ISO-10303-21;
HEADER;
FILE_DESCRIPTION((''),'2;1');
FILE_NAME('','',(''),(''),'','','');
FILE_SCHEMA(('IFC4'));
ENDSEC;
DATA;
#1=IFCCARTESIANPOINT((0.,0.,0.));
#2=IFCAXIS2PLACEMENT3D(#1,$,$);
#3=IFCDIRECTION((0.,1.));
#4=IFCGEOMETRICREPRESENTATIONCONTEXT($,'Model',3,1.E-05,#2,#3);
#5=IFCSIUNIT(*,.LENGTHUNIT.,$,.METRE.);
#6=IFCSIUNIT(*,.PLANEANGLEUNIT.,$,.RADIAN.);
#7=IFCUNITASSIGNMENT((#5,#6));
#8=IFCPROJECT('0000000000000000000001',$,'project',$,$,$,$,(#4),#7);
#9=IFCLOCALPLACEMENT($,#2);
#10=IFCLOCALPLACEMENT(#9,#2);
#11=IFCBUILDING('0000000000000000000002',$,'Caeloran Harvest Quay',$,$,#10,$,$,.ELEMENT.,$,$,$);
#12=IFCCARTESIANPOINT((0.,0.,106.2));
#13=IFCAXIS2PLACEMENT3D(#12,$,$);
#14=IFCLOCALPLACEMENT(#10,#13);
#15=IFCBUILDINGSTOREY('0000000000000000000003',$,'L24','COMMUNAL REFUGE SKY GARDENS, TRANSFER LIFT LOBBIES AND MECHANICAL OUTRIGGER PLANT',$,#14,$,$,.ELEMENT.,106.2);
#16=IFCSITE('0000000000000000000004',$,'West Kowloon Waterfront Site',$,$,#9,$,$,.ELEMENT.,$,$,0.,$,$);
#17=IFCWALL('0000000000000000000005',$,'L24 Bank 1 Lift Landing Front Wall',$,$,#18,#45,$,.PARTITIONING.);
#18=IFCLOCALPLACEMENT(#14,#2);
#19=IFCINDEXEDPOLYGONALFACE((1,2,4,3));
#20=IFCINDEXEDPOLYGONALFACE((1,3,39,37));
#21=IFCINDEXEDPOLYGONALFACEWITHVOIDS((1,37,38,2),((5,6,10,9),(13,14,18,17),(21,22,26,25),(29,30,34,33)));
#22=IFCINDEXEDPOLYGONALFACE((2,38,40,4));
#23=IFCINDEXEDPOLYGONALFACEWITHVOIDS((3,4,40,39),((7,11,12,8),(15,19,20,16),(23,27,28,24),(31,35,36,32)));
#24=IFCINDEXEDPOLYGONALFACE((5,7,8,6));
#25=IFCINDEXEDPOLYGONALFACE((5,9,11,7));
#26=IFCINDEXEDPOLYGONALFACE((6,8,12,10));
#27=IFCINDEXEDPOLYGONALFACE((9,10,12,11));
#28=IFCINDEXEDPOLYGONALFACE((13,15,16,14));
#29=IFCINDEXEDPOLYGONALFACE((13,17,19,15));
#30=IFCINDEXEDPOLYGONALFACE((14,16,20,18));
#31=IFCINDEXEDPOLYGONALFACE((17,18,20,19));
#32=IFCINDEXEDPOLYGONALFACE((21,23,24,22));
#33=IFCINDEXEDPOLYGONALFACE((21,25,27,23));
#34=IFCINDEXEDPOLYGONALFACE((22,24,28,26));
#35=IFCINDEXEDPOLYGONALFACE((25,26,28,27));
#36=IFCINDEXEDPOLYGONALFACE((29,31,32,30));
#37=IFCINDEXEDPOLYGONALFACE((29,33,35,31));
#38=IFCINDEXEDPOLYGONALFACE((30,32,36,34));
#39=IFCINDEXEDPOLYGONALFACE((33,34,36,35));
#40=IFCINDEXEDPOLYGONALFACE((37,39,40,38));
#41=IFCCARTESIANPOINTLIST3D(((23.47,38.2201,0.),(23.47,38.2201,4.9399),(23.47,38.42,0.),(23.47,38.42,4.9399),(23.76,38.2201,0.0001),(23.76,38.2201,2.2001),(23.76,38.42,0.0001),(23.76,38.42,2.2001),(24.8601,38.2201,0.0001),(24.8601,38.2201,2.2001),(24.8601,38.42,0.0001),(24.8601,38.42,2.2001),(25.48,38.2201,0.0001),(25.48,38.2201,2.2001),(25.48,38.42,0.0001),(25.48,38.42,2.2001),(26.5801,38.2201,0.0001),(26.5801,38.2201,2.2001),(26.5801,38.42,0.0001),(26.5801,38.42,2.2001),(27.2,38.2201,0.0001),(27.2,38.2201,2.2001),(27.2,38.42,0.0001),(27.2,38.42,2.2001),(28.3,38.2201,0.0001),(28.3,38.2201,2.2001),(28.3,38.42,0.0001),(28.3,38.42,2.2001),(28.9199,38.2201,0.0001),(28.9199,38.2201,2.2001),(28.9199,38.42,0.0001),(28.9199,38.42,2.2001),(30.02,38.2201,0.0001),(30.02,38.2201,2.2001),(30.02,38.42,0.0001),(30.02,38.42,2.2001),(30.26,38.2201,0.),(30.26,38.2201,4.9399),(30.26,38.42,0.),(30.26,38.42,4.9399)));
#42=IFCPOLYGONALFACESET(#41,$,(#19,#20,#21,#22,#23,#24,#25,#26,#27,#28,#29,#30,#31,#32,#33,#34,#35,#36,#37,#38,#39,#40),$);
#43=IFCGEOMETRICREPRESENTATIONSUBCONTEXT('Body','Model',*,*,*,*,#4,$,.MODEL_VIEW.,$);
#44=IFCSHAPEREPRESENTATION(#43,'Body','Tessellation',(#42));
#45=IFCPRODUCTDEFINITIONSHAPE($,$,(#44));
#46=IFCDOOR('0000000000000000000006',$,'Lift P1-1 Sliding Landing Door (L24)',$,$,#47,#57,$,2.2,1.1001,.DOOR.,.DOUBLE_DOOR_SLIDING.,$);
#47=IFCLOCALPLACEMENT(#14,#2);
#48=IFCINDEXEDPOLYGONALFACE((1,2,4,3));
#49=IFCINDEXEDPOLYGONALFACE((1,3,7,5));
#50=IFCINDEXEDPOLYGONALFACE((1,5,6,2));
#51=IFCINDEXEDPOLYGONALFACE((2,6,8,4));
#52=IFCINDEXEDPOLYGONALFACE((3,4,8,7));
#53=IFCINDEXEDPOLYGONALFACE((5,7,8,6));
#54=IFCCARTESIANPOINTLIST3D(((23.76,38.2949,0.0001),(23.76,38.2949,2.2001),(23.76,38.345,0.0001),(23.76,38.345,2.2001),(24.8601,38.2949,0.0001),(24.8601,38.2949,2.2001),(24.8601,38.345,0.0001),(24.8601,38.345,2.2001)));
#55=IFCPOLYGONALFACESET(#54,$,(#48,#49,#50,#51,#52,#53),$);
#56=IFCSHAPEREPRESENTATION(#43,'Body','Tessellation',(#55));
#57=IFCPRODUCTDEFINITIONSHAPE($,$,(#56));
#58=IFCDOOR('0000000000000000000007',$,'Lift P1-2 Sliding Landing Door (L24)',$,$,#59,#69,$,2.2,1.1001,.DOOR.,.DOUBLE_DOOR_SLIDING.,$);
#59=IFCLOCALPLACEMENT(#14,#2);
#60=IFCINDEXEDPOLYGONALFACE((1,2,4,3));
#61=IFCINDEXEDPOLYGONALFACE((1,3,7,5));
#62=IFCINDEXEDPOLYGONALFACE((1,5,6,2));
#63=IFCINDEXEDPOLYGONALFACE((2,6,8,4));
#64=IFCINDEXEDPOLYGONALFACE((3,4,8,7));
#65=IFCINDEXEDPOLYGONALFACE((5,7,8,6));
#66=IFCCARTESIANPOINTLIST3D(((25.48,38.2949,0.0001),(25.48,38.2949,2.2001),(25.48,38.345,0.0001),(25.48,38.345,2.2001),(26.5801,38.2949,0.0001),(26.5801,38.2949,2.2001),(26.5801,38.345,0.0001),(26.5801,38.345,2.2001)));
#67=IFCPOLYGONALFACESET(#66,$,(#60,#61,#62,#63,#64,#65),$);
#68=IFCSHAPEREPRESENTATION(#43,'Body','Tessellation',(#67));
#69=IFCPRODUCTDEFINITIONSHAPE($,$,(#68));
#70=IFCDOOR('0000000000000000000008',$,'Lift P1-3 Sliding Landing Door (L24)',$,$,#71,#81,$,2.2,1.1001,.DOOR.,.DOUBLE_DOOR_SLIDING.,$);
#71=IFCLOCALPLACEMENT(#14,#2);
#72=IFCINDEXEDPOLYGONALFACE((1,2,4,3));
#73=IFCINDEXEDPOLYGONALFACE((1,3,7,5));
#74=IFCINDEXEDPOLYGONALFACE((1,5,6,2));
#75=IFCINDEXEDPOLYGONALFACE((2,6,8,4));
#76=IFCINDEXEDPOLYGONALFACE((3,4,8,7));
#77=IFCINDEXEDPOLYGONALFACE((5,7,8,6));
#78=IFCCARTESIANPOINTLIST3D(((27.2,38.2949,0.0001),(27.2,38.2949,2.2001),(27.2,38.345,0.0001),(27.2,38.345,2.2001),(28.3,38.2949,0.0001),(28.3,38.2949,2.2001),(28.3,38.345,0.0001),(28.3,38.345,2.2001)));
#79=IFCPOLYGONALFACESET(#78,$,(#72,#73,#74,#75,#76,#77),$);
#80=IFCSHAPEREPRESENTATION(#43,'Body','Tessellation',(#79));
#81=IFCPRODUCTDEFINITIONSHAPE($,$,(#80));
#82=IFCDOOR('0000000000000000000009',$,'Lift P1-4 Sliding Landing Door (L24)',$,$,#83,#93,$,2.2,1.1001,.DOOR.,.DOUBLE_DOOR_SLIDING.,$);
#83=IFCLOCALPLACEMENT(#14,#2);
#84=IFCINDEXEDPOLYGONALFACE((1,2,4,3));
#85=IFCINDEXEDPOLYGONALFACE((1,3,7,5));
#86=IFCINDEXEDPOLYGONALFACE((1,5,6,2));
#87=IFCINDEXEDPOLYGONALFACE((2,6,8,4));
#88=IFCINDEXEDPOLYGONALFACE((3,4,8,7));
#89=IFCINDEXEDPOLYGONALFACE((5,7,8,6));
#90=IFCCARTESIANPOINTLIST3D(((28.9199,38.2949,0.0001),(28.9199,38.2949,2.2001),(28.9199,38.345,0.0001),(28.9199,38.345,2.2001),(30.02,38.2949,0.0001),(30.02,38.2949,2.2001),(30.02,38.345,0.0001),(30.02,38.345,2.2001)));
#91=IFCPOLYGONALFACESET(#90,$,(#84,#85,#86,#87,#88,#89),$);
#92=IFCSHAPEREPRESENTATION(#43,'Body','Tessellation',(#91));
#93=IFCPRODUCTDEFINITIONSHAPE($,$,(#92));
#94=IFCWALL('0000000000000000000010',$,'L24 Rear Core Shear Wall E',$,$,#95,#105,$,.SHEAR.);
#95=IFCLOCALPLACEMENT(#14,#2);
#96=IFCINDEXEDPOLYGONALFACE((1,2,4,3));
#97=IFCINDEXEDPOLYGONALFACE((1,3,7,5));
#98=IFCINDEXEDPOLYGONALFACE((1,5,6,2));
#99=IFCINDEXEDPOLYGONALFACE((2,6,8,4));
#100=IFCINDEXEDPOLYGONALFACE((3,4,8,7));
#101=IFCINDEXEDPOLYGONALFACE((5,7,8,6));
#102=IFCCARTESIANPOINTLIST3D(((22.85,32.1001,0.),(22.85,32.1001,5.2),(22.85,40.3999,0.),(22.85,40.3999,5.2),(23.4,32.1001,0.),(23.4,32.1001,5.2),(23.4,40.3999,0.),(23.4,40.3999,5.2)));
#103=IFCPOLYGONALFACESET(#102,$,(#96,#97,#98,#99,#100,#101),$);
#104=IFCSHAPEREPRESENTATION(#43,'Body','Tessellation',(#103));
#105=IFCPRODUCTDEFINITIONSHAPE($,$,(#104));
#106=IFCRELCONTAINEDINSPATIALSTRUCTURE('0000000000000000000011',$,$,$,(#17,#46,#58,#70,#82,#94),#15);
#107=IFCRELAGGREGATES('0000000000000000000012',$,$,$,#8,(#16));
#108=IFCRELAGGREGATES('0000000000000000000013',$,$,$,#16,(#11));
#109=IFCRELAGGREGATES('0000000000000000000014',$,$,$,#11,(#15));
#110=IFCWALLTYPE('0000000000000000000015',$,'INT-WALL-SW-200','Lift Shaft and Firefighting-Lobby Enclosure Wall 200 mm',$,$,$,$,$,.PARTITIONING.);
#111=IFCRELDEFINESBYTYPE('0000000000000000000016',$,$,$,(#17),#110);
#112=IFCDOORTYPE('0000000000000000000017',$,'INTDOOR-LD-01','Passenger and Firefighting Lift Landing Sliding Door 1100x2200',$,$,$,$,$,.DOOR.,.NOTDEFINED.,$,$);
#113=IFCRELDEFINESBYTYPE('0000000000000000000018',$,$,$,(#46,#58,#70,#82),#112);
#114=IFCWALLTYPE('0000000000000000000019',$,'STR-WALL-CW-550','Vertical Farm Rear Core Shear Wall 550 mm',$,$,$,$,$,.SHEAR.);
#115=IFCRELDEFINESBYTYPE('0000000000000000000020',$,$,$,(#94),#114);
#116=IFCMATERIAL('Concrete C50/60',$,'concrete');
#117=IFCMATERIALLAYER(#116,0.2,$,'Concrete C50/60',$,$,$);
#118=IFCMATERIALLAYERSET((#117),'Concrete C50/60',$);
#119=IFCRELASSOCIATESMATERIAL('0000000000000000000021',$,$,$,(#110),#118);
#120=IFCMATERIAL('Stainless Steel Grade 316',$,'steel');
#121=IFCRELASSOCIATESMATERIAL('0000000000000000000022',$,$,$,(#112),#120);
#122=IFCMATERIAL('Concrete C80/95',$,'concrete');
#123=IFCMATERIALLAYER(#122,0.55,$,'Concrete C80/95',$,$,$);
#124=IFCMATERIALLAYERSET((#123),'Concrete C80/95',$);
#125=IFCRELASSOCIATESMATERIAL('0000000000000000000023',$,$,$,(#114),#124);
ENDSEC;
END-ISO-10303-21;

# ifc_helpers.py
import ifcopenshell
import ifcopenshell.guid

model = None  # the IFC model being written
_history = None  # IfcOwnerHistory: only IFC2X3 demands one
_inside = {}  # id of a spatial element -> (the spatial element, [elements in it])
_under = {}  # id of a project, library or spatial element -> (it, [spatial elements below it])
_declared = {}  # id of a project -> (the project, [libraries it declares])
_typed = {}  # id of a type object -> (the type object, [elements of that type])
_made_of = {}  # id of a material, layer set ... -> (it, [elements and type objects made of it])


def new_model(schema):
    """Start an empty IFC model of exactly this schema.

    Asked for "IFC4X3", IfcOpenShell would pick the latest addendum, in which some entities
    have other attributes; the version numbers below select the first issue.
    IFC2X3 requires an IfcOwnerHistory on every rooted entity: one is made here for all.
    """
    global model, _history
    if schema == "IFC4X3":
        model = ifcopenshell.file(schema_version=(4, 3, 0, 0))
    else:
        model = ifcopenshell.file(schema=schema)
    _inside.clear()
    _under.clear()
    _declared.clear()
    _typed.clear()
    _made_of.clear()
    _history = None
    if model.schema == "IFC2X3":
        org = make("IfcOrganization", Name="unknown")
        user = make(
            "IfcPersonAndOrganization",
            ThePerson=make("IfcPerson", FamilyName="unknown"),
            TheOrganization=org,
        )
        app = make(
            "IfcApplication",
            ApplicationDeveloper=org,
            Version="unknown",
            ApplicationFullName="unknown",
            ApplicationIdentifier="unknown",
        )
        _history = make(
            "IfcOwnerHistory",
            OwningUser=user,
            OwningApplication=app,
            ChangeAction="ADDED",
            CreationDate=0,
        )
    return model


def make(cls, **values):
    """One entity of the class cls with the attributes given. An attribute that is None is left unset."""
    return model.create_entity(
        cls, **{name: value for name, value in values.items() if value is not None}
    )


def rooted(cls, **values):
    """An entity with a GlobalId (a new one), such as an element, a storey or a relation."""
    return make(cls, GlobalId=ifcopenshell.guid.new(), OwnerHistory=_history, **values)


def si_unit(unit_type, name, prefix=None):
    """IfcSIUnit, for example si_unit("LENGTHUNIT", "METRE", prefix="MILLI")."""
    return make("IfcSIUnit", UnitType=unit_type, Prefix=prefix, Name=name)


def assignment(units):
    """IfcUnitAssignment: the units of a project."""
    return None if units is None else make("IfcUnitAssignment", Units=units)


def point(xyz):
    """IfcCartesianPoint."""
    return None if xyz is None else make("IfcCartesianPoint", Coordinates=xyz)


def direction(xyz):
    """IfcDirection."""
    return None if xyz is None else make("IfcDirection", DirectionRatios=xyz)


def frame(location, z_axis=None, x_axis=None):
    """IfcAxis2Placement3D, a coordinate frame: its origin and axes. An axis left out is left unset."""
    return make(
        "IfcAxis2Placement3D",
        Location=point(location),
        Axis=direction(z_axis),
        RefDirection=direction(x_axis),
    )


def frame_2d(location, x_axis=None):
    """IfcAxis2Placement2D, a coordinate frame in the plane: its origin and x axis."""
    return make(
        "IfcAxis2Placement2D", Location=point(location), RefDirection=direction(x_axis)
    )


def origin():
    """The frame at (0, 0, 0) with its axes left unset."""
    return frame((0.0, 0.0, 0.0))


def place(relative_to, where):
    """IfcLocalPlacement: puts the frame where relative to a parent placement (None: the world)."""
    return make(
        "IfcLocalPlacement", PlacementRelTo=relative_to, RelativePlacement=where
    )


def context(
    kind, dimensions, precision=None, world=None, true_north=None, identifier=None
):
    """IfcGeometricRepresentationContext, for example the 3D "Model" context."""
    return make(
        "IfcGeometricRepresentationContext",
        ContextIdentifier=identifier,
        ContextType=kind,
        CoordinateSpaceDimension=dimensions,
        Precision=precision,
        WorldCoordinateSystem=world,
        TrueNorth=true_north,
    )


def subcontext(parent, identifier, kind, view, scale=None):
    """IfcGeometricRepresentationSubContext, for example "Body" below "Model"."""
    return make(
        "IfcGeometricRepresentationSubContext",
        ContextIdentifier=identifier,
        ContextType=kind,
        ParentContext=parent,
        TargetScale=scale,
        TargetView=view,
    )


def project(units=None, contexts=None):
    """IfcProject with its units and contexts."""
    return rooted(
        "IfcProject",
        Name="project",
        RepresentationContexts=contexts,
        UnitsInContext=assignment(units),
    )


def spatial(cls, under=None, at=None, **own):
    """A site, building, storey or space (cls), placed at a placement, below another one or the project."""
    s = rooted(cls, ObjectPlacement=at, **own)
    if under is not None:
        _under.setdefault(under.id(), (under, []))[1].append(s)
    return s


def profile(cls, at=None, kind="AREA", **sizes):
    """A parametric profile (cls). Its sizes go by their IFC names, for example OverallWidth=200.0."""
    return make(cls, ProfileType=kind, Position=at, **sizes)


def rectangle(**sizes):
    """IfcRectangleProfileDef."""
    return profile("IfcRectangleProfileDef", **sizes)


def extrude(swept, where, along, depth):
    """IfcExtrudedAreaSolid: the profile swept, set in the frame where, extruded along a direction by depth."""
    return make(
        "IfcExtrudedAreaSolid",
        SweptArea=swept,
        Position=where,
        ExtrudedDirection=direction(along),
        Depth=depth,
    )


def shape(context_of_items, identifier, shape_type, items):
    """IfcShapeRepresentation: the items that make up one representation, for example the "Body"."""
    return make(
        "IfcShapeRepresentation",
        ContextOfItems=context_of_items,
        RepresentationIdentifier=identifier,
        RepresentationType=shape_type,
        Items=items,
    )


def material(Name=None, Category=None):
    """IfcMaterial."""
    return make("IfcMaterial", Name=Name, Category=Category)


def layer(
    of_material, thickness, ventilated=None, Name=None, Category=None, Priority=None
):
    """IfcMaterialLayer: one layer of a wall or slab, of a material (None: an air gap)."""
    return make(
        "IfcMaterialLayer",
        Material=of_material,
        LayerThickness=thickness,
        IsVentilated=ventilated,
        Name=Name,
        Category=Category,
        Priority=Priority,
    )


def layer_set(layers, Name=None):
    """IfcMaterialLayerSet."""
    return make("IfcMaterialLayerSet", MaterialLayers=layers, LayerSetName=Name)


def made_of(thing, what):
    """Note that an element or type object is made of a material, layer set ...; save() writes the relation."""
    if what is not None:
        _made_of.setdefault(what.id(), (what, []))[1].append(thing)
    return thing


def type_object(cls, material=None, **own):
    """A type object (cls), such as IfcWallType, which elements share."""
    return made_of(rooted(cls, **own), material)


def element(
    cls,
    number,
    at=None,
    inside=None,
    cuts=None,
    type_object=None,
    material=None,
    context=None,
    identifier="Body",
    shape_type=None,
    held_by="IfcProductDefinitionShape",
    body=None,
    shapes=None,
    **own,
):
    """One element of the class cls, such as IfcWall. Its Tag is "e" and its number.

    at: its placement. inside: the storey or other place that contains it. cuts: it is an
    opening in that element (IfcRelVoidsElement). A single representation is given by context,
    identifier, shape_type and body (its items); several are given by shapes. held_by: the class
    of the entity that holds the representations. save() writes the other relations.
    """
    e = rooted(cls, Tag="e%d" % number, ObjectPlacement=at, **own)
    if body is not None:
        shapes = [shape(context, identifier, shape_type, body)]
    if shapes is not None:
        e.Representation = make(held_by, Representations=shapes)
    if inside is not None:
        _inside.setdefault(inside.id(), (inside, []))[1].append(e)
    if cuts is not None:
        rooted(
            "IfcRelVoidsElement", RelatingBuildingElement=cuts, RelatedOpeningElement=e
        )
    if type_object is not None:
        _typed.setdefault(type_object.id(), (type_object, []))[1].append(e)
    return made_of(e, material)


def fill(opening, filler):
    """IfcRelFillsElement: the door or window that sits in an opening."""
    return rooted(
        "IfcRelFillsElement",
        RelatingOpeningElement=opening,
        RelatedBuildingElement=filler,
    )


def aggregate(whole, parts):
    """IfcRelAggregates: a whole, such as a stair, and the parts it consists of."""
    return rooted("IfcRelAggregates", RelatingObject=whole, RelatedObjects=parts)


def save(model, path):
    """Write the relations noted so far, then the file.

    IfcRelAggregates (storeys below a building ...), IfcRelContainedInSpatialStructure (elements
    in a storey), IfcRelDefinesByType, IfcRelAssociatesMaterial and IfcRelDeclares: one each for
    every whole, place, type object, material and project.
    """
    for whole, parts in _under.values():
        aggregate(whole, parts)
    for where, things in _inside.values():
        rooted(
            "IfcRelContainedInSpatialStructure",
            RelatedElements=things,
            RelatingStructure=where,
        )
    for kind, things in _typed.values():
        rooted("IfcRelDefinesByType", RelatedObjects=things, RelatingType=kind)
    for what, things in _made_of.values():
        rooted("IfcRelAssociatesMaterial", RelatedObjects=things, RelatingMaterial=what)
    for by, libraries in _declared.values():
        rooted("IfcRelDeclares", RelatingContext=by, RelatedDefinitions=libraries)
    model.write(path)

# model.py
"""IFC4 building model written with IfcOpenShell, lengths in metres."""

from ifc_helpers import new_model, si_unit, direction, frame, frame_2d, origin, place, context, subcontext, project, spatial, rectangle, extrude, material, layer, layer_set, type_object, element, fill, save


model = new_model("IFC4")

# Units and contexts
model_context = context("Model", 3, precision=1e-05, world=origin(), true_north=direction((0.0, 1.0)))
body_context = subcontext(model_context, "Body", "Model", "MODEL_VIEW")
ifc_project = project(units=[si_unit("LENGTHUNIT", "METRE"), si_unit("PLANEANGLEUNIT", "RADIAN")], contexts=[model_context])

# Site, building, storey
site_placement = place(None, origin())
site = spatial("IfcSite", under=ifc_project, at=site_placement, Name="West Kowloon Waterfront Site", CompositionType="ELEMENT", RefElevation=0.0)
building_placement = place(site_placement, origin())
building = spatial("IfcBuilding", under=site, at=building_placement, Name="Caeloran Harvest Quay", CompositionType="ELEMENT")
storey_placement = place(building_placement, frame((0.0, 0.0, 106.2)))
storey = spatial("IfcBuildingStorey", under=building, at=storey_placement, Name="L24", Description="COMMUNAL REFUGE SKY GARDENS, TRANSFER LIFT LOBBIES AND MECHANICAL OUTRIGGER PLANT", CompositionType="ELEMENT", Elevation=106.2)

# Shared definitions
ifc_material_1 = material(Name="Concrete C80/95", Category="concrete")

# Shared definitions
ifc_material_2 = material(Name="Concrete C50/60", Category="concrete")
ifc_layer_1 = layer(ifc_material_2, 0.2, Name="Concrete C50/60")
ifc_layer_set_1 = layer_set([ifc_layer_1], Name="Concrete C50/60")
wall_type_1 = type_object("IfcWallType", Name="INT-WALL-SW-200", Description="Lift Shaft and Firefighting-Lobby Enclosure Wall 200 mm", PredefinedType="PARTITIONING", material=ifc_layer_set_1)

# Wall, openings, doors
wall_1_placement = place(storey_placement, frame((23.47, 38.3201, 0.0), z_axis=(0.0, 0.0, 1.0), x_axis=(1.0, 0.0, 0.0)))
wall_1 = element("IfcWall", 1, at=wall_1_placement, inside=storey, type_object=wall_type_1, Name="L24 Bank 1 Lift Landing Front Wall", PredefinedType="PARTITIONING", context=body_context, shape_type="SweptSolid", body=[
    extrude(rectangle(XDim=6.79, YDim=0.2, at=frame_2d((3.395, 0.0))), origin(), (0.0, 0.0, 1.0), 4.9399),
])
opening_1_placement = place(wall_1_placement, frame((0.29, 0.0, 0.0)))
opening_1 = element("IfcOpeningElement", 2, at=opening_1_placement, cuts=wall_1, PredefinedType="OPENING", context=body_context, shape_type="SweptSolid", body=[
    extrude(rectangle(XDim=1.1001, YDim=2.2, at=frame_2d((0.55, 1.1001))), frame((0.0, 0.1099, 0.0), z_axis=(0.0, -1.0, 0.0), x_axis=(1.0, 0.0, 0.0)), (0.0, 0.0, 1.0), 0.22),
])
opening_2_placement = place(wall_1_placement, frame((2.01, 0.0, 0.0)))
opening_2 = element("IfcOpeningElement", 3, at=opening_2_placement, cuts=wall_1, PredefinedType="OPENING", context=body_context, shape_type="SweptSolid", body=[
    extrude(rectangle(XDim=1.1001, YDim=2.2, at=frame_2d((0.55, 1.1001))), frame((0.0, 0.1099, 0.0), z_axis=(0.0, -1.0, 0.0), x_axis=(1.0, 0.0, 0.0)), (0.0, 0.0, 1.0), 0.22),
])
opening_3_placement = place(wall_1_placement, frame((3.73, 0.0, 0.0)))
opening_3 = element("IfcOpeningElement", 4, at=opening_3_placement, cuts=wall_1, PredefinedType="OPENING", context=body_context, shape_type="SweptSolid", body=[
    extrude(rectangle(XDim=1.1001, YDim=2.2, at=frame_2d((0.55, 1.1001))), frame((0.0, 0.1099, 0.0), z_axis=(0.0, -1.0, 0.0), x_axis=(1.0, 0.0, 0.0)), (0.0, 0.0, 1.0), 0.22),
])
opening_4_placement = place(wall_1_placement, frame((5.45, 0.0, 0.0)))
opening_4 = element("IfcOpeningElement", 5, at=opening_4_placement, cuts=wall_1, PredefinedType="OPENING", context=body_context, shape_type="SweptSolid", body=[
    extrude(rectangle(XDim=1.1001, YDim=2.2, at=frame_2d((0.55, 1.1001))), frame((0.0, 0.1099, 0.0), z_axis=(0.0, -1.0, 0.0), x_axis=(1.0, 0.0, 0.0)), (0.0, 0.0, 1.0), 0.22),
])
ifc_material_3 = material(Name="Stainless Steel Grade 316", Category="steel")
door_type = type_object("IfcDoorType", Name="INTDOOR-LD-01", Description="Passenger and Firefighting Lift Landing Sliding Door 1100x2200", OperationType="NOTDEFINED", PredefinedType="DOOR", material=ifc_material_3)
door_1_placement = place(opening_1_placement, origin())
door_1 = element("IfcDoor", 6, at=door_1_placement, inside=storey, type_object=door_type, Name="Lift P1-1 Sliding Landing Door (L24)", OperationType="DOUBLE_DOOR_SLIDING", OverallHeight=2.2, OverallWidth=1.1001, PredefinedType="DOOR", context=body_context, shape_type="SweptSolid", body=[
    extrude(rectangle(XDim=1.1001, YDim=2.2, at=frame_2d((0.55, 1.1001))), frame((0.0, 0.0249, 0.0), z_axis=(0.0, -1.0, 0.0), x_axis=(1.0, 0.0, 0.0)), (0.0, 0.0, 1.0), 0.05),
])
fill(opening_1, door_1)
door_2_placement = place(opening_2_placement, origin())
door_2 = element("IfcDoor", 7, at=door_2_placement, inside=storey, type_object=door_type, Name="Lift P1-2 Sliding Landing Door (L24)", OperationType="DOUBLE_DOOR_SLIDING", OverallHeight=2.2, OverallWidth=1.1001, PredefinedType="DOOR", context=body_context, shape_type="SweptSolid", body=[
    extrude(rectangle(XDim=1.1001, YDim=2.2, at=frame_2d((0.55, 1.1001))), frame((0.0, 0.0249, 0.0), z_axis=(0.0, -1.0, 0.0), x_axis=(1.0, 0.0, 0.0)), (0.0, 0.0, 1.0), 0.05),
])
fill(opening_2, door_2)
door_3_placement = place(opening_3_placement, origin())
door_3 = element("IfcDoor", 8, at=door_3_placement, inside=storey, type_object=door_type, Name="Lift P1-3 Sliding Landing Door (L24)", OperationType="DOUBLE_DOOR_SLIDING", OverallHeight=2.2, OverallWidth=1.1001, PredefinedType="DOOR", context=body_context, shape_type="SweptSolid", body=[
    extrude(rectangle(XDim=1.1001, YDim=2.2, at=frame_2d((0.55, 1.1001))), frame((0.0, 0.0249, 0.0), z_axis=(0.0, -1.0, 0.0), x_axis=(1.0, 0.0, 0.0)), (0.0, 0.0, 1.0), 0.05),
])
fill(opening_3, door_3)
door_4_placement = place(opening_4_placement, origin())
door_4 = element("IfcDoor", 9, at=door_4_placement, inside=storey, type_object=door_type, Name="Lift P1-4 Sliding Landing Door (L24)", OperationType="DOUBLE_DOOR_SLIDING", OverallHeight=2.2, OverallWidth=1.1001, PredefinedType="DOOR", context=body_context, shape_type="SweptSolid", body=[
    extrude(rectangle(XDim=1.1001, YDim=2.2, at=frame_2d((0.55, 1.1001))), frame((0.0, 0.0249, 0.0), z_axis=(0.0, -1.0, 0.0), x_axis=(1.0, 0.0, 0.0)), (0.0, 0.0, 1.0), 0.05),
])
fill(opening_4, door_4)

# Wall
ifc_layer_2 = layer(ifc_material_1, 0.55, Name="Concrete C80/95")
ifc_layer_set_2 = layer_set([ifc_layer_2], Name="Concrete C80/95")
wall_type_2 = type_object("IfcWallType", Name="STR-WALL-CW-550", Description="Vertical Farm Rear Core Shear Wall 550 mm", PredefinedType="SHEAR", material=ifc_layer_set_2)
wall_2_placement = place(storey_placement, frame((23.125, 32.1001, 0.0), z_axis=(0.0, 0.0, 1.0), x_axis=(0.0, 1.0, 0.0)))
element("IfcWall", 10, at=wall_2_placement, inside=storey, type_object=wall_type_2, Name="L24 Rear Core Shear Wall E", PredefinedType="SHEAR", context=body_context, shape_type="SweptSolid", body=[
    extrude(rectangle(XDim=8.2998, YDim=0.55, at=frame_2d((4.1499, 0.0))), origin(), (0.0, 0.0, 1.0), 5.2),
])

save(model, "model.ifc")
